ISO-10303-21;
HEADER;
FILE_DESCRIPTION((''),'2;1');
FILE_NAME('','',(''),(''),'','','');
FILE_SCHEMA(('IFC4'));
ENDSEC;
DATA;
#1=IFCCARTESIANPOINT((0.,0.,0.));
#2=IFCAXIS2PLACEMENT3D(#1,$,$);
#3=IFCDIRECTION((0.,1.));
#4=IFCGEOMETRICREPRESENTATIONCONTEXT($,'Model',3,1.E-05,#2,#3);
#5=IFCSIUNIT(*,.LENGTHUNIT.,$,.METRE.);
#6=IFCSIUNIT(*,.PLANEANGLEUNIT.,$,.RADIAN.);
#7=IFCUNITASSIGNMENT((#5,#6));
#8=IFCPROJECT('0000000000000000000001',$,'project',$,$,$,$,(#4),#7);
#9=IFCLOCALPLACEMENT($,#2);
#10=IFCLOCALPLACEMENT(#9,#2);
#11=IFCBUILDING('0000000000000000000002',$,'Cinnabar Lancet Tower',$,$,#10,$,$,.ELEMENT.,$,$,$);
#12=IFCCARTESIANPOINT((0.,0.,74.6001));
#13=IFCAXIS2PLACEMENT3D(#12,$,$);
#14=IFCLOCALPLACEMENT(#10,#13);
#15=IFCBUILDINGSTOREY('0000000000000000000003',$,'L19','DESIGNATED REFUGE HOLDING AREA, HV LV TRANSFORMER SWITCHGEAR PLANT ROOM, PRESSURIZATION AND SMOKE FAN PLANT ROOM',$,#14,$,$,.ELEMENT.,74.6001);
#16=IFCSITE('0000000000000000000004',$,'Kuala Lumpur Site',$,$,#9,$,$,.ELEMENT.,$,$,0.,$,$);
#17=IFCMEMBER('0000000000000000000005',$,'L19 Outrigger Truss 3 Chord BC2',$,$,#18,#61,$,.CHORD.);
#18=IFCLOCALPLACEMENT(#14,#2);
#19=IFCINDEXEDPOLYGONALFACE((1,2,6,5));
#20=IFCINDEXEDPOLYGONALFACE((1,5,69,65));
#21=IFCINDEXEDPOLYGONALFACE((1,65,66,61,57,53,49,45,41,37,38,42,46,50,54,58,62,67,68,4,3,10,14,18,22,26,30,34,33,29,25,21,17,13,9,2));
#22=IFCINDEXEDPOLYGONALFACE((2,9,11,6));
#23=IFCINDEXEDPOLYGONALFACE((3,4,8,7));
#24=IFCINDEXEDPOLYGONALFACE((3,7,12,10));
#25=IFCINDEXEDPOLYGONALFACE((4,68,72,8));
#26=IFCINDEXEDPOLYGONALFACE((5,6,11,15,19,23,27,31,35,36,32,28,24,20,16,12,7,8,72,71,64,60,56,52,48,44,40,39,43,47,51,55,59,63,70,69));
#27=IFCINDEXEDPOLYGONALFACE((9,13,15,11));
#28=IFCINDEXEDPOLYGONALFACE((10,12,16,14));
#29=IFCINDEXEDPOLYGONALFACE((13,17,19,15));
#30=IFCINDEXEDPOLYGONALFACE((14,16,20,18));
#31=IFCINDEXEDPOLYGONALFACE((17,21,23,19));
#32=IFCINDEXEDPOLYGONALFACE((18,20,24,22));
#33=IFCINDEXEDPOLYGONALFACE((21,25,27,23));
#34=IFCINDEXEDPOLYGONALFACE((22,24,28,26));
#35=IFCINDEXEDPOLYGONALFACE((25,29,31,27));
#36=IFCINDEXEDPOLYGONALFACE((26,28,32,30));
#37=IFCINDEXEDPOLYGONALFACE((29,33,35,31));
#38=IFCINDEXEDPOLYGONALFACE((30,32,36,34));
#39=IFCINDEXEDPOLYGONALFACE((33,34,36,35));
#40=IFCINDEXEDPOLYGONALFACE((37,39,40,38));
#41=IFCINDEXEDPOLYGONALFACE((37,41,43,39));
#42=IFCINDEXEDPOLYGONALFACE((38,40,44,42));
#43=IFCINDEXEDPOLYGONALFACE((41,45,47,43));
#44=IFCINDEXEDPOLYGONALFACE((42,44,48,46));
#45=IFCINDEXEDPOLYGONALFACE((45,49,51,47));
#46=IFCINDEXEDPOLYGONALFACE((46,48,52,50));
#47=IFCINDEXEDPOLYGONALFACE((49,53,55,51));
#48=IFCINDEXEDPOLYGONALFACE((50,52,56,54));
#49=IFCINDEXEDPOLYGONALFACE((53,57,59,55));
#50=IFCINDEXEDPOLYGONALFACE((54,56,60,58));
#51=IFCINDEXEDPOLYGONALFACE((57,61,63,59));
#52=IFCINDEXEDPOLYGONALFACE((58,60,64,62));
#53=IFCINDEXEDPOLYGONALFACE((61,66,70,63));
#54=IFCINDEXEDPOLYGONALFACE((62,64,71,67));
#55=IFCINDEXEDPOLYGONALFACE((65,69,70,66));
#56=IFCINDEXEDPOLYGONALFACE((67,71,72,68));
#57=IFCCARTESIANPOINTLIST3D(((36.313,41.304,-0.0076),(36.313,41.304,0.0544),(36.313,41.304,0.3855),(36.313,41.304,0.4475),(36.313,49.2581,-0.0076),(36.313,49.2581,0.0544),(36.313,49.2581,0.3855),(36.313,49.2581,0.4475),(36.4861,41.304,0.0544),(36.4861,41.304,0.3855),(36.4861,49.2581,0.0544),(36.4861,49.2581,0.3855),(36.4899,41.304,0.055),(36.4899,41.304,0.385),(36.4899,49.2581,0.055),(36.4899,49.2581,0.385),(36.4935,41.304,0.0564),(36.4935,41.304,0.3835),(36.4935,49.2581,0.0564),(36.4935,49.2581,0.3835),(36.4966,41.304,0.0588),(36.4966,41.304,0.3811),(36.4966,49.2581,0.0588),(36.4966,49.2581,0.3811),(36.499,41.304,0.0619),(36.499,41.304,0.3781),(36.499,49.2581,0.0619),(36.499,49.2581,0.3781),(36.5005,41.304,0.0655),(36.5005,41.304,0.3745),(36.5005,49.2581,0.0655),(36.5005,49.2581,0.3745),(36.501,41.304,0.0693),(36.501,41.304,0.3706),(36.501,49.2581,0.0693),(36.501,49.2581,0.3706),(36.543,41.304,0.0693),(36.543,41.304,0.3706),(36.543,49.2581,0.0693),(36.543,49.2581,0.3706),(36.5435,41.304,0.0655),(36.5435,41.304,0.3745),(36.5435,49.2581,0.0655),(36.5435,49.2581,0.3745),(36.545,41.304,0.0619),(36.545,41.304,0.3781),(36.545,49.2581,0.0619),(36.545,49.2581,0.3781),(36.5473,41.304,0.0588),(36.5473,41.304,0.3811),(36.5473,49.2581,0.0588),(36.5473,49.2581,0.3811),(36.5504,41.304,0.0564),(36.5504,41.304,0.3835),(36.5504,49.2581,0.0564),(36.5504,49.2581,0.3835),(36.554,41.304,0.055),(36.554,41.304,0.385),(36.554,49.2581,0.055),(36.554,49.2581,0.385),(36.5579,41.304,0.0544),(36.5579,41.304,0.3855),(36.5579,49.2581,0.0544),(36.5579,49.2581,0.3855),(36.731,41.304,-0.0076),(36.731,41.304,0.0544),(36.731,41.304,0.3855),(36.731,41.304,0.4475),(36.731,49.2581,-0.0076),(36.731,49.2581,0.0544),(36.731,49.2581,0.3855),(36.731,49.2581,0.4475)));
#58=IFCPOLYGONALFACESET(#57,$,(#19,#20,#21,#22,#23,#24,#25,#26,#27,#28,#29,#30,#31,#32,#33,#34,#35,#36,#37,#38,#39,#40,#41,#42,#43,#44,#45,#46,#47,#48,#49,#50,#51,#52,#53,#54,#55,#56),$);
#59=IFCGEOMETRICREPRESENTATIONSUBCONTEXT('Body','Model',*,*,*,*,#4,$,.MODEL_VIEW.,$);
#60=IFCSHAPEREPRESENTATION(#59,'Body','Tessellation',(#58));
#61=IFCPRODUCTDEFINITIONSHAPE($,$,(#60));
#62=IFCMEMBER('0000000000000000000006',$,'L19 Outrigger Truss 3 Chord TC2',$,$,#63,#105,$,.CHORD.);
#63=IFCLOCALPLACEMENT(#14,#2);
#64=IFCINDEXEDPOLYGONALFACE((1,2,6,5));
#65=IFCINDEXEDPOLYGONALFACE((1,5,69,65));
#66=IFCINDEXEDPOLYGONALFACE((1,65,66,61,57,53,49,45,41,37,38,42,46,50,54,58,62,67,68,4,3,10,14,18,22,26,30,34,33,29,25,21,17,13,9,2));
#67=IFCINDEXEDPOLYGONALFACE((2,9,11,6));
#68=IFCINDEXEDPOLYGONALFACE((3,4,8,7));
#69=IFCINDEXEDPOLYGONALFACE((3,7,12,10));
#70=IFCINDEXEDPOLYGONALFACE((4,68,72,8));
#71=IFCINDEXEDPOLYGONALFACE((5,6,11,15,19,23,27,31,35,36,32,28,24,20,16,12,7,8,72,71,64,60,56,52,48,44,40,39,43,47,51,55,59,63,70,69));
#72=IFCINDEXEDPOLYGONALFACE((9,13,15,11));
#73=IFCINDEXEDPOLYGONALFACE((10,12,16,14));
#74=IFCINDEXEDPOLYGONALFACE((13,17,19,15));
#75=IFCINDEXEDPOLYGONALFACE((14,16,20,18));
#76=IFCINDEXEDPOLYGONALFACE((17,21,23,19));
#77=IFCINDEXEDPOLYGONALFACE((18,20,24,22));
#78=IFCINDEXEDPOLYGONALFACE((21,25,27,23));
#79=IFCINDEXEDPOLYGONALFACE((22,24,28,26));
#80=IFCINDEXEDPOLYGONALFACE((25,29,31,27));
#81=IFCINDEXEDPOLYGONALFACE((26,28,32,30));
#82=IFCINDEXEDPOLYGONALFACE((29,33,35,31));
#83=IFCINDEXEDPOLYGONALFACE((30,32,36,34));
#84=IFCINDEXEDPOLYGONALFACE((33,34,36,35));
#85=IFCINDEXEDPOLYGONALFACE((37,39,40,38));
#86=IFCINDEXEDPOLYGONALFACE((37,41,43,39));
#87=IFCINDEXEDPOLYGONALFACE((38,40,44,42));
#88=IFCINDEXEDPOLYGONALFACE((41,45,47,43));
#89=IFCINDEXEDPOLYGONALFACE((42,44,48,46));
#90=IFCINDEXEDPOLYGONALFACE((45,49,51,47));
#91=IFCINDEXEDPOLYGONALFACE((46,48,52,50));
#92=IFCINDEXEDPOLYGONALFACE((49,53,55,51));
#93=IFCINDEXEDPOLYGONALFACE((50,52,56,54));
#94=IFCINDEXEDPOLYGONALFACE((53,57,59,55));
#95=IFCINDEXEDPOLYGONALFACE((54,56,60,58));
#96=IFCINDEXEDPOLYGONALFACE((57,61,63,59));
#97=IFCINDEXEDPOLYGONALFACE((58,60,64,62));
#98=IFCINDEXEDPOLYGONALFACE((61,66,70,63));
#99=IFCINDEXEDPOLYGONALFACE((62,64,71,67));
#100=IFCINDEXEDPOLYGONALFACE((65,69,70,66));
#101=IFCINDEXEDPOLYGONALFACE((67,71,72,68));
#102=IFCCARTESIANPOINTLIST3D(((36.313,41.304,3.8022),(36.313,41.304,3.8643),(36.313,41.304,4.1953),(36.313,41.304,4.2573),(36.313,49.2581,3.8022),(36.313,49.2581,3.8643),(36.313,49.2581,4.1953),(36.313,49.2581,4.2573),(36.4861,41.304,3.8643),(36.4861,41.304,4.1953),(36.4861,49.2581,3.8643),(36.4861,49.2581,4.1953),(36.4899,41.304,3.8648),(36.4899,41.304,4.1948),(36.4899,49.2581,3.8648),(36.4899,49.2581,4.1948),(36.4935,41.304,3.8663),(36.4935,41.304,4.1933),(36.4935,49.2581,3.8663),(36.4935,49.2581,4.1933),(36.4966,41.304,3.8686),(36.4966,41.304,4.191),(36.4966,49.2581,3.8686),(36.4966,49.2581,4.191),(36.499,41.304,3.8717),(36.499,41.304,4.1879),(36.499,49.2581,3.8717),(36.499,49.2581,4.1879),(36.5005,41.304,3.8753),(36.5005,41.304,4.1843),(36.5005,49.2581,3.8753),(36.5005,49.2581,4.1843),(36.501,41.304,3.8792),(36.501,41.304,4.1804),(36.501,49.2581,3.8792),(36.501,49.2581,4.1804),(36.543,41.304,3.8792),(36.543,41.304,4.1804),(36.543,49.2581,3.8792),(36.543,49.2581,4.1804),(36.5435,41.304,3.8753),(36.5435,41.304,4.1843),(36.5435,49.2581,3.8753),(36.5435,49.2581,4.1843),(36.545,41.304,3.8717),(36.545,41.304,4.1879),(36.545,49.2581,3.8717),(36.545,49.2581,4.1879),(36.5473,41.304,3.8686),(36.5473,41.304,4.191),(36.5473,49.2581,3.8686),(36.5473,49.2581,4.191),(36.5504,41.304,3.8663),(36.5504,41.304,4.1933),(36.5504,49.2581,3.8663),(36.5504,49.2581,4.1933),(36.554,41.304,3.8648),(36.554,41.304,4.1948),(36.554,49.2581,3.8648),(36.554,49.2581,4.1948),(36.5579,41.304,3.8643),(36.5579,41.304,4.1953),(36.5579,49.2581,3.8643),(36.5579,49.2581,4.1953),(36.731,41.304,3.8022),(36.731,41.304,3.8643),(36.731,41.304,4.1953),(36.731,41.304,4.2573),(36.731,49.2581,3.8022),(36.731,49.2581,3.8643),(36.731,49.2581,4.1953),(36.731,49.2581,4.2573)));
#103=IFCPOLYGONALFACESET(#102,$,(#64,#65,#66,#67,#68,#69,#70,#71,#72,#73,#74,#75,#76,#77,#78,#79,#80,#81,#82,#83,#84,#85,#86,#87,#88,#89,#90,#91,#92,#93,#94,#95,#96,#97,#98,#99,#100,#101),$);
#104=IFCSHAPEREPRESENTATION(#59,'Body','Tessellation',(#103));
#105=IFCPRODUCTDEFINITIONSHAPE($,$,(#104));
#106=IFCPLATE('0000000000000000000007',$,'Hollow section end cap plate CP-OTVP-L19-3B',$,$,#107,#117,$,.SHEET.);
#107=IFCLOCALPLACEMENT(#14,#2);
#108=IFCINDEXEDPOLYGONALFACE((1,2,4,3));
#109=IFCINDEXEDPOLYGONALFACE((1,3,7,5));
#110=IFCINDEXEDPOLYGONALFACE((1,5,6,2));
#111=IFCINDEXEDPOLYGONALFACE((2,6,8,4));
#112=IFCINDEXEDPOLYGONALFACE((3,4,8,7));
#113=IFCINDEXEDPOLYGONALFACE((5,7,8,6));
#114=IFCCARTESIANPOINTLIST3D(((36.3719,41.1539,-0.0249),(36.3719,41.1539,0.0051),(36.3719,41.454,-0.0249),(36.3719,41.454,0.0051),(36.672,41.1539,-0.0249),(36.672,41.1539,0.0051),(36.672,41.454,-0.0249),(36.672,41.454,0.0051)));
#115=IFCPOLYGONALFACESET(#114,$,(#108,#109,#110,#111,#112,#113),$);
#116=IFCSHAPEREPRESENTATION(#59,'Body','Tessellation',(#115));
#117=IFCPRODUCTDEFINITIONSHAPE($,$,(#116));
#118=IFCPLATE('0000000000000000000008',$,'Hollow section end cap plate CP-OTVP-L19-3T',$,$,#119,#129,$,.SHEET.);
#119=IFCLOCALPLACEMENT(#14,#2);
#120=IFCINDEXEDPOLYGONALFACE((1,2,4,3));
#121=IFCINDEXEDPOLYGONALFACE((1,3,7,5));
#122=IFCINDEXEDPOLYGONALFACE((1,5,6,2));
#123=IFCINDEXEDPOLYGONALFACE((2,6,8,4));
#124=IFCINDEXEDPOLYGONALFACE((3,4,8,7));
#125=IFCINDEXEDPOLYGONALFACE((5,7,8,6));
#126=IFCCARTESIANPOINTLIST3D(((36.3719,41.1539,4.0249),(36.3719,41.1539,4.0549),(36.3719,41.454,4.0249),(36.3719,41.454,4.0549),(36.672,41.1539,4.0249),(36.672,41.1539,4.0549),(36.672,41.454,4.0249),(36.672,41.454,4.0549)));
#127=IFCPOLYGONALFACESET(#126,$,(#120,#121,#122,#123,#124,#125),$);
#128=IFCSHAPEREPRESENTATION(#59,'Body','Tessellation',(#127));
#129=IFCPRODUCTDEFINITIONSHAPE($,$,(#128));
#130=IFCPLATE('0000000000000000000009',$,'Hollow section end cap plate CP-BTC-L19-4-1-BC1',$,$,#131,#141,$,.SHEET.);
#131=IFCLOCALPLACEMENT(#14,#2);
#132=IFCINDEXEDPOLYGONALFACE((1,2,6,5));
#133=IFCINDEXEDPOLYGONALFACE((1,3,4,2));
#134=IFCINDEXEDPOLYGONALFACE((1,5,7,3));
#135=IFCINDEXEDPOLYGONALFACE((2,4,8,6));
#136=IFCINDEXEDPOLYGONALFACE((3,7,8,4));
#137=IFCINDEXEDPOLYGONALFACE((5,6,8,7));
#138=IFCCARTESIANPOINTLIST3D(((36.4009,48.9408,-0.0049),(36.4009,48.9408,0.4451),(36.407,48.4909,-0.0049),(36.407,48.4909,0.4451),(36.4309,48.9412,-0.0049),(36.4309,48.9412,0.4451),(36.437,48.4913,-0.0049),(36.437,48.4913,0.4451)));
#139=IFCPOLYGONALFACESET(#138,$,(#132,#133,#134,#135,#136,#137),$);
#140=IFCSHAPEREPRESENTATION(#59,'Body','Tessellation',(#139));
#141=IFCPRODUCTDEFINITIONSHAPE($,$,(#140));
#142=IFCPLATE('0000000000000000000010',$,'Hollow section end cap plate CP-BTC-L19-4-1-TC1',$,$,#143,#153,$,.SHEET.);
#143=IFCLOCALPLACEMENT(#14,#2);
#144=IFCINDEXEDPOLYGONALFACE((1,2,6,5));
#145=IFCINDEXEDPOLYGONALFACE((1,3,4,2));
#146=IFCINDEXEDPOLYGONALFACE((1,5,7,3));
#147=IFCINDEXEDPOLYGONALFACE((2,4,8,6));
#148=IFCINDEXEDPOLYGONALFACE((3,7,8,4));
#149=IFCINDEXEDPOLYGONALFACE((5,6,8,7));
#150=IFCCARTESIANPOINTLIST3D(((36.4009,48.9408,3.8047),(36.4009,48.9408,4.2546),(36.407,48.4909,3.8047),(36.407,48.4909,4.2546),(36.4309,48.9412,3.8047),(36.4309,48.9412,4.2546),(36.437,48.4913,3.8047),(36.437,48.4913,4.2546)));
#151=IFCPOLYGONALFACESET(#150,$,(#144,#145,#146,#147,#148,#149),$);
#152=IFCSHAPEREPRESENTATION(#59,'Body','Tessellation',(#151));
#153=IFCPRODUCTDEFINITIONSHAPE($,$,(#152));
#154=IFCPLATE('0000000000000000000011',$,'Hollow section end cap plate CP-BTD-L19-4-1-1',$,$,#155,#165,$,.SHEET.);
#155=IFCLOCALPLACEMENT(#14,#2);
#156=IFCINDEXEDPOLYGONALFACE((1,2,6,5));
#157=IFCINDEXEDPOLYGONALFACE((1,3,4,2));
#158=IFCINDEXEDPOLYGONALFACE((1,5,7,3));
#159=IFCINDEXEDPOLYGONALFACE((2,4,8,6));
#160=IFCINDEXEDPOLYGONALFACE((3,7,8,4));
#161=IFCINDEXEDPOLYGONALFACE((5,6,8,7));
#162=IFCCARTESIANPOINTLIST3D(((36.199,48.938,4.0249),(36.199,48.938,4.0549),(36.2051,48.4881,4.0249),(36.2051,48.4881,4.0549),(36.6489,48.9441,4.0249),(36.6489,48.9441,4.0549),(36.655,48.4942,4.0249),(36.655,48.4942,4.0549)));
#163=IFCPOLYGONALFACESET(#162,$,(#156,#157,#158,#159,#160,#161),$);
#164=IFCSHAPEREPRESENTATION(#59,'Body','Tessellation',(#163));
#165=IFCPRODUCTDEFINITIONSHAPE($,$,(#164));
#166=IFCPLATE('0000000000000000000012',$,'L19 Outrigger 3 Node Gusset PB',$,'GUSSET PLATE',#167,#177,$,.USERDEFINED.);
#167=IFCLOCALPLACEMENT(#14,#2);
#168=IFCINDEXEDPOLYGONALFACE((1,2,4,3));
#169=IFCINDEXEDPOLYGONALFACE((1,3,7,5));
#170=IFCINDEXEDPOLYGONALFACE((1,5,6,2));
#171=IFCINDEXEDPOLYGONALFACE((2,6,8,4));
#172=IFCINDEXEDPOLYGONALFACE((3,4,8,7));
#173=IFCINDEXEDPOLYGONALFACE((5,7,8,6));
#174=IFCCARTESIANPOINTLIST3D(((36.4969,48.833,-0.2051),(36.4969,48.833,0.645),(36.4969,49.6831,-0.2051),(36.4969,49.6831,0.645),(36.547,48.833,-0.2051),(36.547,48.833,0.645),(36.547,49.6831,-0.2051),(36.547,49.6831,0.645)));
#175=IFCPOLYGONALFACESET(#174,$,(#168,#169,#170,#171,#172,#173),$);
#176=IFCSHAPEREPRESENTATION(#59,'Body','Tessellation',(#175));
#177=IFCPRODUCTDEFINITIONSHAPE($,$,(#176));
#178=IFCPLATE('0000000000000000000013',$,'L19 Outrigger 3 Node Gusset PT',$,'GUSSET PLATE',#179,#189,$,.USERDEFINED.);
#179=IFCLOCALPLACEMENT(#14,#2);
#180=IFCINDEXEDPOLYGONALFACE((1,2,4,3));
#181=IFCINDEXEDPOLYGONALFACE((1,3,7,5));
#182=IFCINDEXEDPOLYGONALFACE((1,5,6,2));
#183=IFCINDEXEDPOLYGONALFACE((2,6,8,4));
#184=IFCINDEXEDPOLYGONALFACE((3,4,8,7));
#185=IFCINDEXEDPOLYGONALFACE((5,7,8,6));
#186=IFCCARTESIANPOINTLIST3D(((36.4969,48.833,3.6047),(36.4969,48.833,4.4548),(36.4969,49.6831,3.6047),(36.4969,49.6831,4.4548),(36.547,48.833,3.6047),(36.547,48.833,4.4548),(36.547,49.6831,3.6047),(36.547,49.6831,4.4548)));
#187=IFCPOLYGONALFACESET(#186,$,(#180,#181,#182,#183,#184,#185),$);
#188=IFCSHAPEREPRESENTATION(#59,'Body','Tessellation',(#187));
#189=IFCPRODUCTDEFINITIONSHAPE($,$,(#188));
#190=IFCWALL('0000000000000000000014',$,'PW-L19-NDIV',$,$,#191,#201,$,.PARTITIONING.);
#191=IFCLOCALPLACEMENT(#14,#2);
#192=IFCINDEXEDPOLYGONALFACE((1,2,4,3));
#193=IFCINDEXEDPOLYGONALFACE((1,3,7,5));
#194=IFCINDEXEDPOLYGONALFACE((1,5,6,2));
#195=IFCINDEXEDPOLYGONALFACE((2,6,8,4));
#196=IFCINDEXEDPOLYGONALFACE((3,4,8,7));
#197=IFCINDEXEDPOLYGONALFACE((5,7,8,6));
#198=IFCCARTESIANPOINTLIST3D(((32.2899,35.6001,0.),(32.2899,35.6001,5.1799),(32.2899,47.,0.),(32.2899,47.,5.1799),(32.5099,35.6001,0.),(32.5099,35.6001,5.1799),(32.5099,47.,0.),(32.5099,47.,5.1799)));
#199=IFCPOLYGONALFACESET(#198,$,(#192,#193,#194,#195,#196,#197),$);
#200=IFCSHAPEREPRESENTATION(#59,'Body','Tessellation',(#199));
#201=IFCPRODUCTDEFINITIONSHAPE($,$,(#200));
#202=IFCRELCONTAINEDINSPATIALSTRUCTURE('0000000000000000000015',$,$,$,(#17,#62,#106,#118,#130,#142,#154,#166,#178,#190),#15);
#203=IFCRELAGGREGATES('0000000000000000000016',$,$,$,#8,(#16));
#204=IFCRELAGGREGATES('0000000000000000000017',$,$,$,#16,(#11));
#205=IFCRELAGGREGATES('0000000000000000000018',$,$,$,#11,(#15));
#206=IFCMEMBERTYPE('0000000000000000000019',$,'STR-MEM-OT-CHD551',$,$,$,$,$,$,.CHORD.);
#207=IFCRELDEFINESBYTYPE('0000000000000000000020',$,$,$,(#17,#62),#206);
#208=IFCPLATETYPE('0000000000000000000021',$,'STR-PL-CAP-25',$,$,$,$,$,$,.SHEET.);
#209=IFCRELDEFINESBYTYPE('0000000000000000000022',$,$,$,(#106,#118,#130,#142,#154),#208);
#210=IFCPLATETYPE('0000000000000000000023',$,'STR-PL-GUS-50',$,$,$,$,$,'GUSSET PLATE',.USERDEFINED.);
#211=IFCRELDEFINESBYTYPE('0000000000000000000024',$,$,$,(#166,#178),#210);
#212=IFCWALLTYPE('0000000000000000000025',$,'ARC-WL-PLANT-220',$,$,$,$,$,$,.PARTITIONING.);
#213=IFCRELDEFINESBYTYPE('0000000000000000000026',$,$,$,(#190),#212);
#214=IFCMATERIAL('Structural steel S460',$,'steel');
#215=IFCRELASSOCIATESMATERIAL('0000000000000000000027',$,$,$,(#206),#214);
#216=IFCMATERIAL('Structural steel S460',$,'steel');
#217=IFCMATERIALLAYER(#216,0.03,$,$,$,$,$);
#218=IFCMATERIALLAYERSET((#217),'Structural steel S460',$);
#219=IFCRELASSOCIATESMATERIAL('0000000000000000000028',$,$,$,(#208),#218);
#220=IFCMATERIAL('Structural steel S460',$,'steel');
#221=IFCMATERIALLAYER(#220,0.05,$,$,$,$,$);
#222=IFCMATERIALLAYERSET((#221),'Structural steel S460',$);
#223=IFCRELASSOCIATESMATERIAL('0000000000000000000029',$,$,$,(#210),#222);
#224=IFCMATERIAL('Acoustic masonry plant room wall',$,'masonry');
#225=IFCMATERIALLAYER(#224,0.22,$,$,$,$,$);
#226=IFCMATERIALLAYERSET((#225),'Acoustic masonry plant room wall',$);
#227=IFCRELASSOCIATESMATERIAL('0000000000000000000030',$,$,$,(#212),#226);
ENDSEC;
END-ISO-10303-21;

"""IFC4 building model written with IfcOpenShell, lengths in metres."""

from ifc_helpers import new_model, si_unit, direction, frame, frame_2d, origin, origin_2d, place, context, subcontext, project, spatial, rectangle, i_section, extrude, material, layer, layer_set, material_profile, profile_set, type_object, element, save


model = new_model("IFC4")

# Units and contexts
model_context = context("Model", 3, precision=1e-05, world=origin(), true_north=direction((0.0, 1.0)))
body_context = subcontext(model_context, "Body", "Model", "MODEL_VIEW")
ifc_project = project(units=[si_unit("LENGTHUNIT", "METRE"), si_unit("PLANEANGLEUNIT", "RADIAN")], contexts=[model_context])

# Site, building, storey
site_placement = place(None, origin())
site = spatial("IfcSite", under=ifc_project, at=site_placement, Name="Kuala Lumpur Site", CompositionType="ELEMENT", RefElevation=0.0)
building_placement = place(site_placement, origin())
building = spatial("IfcBuilding", under=site, at=building_placement, Name="Cinnabar Lancet Tower", CompositionType="ELEMENT")
storey_placement = place(building_placement, frame((0.0, 0.0, 74.6001)))
storey = spatial("IfcBuildingStorey", under=building, at=storey_placement, Name="L19", Description="DESIGNATED REFUGE HOLDING AREA, HV LV TRANSFORMER SWITCHGEAR PLANT ROOM, PRESSURIZATION AND SMOKE FAN PLANT ROOM", CompositionType="ELEMENT", Elevation=74.6001)

# Members
ifc_material_1 = material(Name="Structural steel S460", Category="steel")
ifc_material_profile_1 = material_profile(ifc_material_1, i_section(OverallWidth=0.418, OverallDepth=0.4551, WebThickness=0.042, FlangeThickness=0.062, FilletRadius=0.0149, at=origin_2d()), Name="HD 400x551")
ifc_profile_set_1 = profile_set([ifc_material_profile_1], Name="Structural steel S460")
member_type_1 = type_object("IfcMemberType", Name="STR-MEM-OT-CHD551", PredefinedType="CHORD", material=ifc_profile_set_1)
for number, where, z_axis, x_axis, name in (
    (1, (36.522, 41.304, 0.22), (0.0, 1.0, 0.0), (-1.0, 0.0, 0.0), "L19 Outrigger Truss 3 Chord BC2"),
    (2, (36.522, 41.304, 4.0298), (0.0, 1.0, 0.0), (-1.0, 0.0, 0.0), "L19 Outrigger Truss 3 Chord TC2"),
):
    element("IfcMember", number, at=place(storey_placement, frame(where, z_axis=z_axis, x_axis=x_axis)), inside=storey, type_object=member_type_1, Name=name, PredefinedType="CHORD", context=body_context, shape_type="SweptSolid", body=[
        extrude(i_section(OverallWidth=0.418, OverallDepth=0.4551, WebThickness=0.042, FlangeThickness=0.062, FilletRadius=0.0149, at=origin_2d()), origin(), (0.0, 0.0, 1.0), 7.9541),
    ])

# Plates
ifc_material_2 = material(Name="Structural steel S460", Category="steel")
ifc_layer_1 = layer(ifc_material_2, 0.03)
ifc_layer_set_1 = layer_set([ifc_layer_1], Name="Structural steel S460")
plate_type_1 = type_object("IfcPlateType", Name="STR-PL-CAP-25", PredefinedType="SHEET", material=ifc_layer_set_1)
for number, where, z_axis, x_axis, name in (
    (3, (36.522, 41.304, -0.0249), (0.0, 0.0, 1.0), (1.0, 0.0, 0.0), "Hollow section end cap plate CP-OTVP-L19-3B"),
    (4, (36.522, 41.304, 4.0249), (0.0, 0.0, 1.0), (1.0, 0.0, 0.0), "Hollow section end cap plate CP-OTVP-L19-3T"),
):
    element("IfcPlate", number, at=place(storey_placement, frame(where, z_axis=z_axis, x_axis=x_axis)), inside=storey, type_object=plate_type_1, Name=name, PredefinedType="SHEET", context=body_context, shape_type="SweptSolid", body=[
        extrude(rectangle(XDim=0.3, YDim=0.3, at=origin_2d()), origin(), (0.0, 0.0, 1.0), 0.03),
    ])
for number, where, z_axis, x_axis, name in (
    (5, (36.4189, 48.7161, -0.0049), (0.0, 0.0, 1.0), (-0.999909, -0.013526, 0.0), "Hollow section end cap plate CP-BTC-L19-4-1-BC1"),
    (6, (36.4189, 48.7161, 3.8047), (0.0, 0.0, 1.0), (-0.999909, -0.013526, 0.0), "Hollow section end cap plate CP-BTC-L19-4-1-TC1"),
):
    element("IfcPlate", number, at=place(storey_placement, frame(where, z_axis=z_axis, x_axis=x_axis)), inside=storey, type_object=plate_type_1, Name=name, PredefinedType="SHEET", context=body_context, shape_type="SweptSolid", body=[
        extrude(rectangle(XDim=0.03, YDim=0.45, at=origin_2d()), origin(), (0.0, 0.0, 1.0), 0.45),
    ])
plate_placement = place(storey_placement, frame((36.427, 48.7161, 4.0249), z_axis=(0.0, 0.0, 1.0), x_axis=(-0.999909, -0.013526, 0.0)))
element("IfcPlate", 7, at=plate_placement, inside=storey, type_object=plate_type_1, Name="Hollow section end cap plate CP-BTD-L19-4-1-1", PredefinedType="SHEET", context=body_context, shape_type="SweptSolid", body=[
    extrude(rectangle(XDim=0.45, YDim=0.45, at=origin_2d()), origin(), (0.0, 0.0, 1.0), 0.03),
])
ifc_material_3 = material(Name="Structural steel S460", Category="steel")
ifc_layer_2 = layer(ifc_material_3, 0.05)
ifc_layer_set_2 = layer_set([ifc_layer_2], Name="Structural steel S460")
plate_type_2 = type_object("IfcPlateType", Name="STR-PL-GUS-50", ElementType="GUSSET PLATE", PredefinedType="USERDEFINED", material=ifc_layer_set_2)
for number, where, z_axis, x_axis, name in (
    (8, (36.522, 49.2581, -0.2051), (0.0, 0.0, 1.0), (1.0, 0.0, 0.0), "L19 Outrigger 3 Node Gusset PB"),
    (9, (36.522, 49.2581, 3.6047), (0.0, 0.0, 1.0), (1.0, 0.0, 0.0), "L19 Outrigger 3 Node Gusset PT"),
):
    element("IfcPlate", number, at=place(storey_placement, frame(where, z_axis=z_axis, x_axis=x_axis)), inside=storey, type_object=plate_type_2, Name=name, ObjectType="GUSSET PLATE", PredefinedType="USERDEFINED", context=body_context, shape_type="SweptSolid", body=[
        extrude(rectangle(XDim=0.05, YDim=0.8501, at=origin_2d()), origin(), (0.0, 0.0, 1.0), 0.8501),
    ])

# Wall
ifc_material_4 = material(Name="Acoustic masonry plant room wall", Category="masonry")
ifc_layer_3 = layer(ifc_material_4, 0.22)
ifc_layer_set_3 = layer_set([ifc_layer_3], Name="Acoustic masonry plant room wall")
wall_type_1 = type_object("IfcWallType", Name="ARC-WL-PLANT-220", PredefinedType="PARTITIONING", material=ifc_layer_set_3)
wall_1_placement = place(storey_placement, frame((32.3999, 35.6001, 0.0), z_axis=(0.0, 0.0, 1.0), x_axis=(0.0, 1.0, 0.0)))
element("IfcWall", 10, at=wall_1_placement, inside=storey, type_object=wall_type_1, Name="PW-L19-NDIV", PredefinedType="PARTITIONING", context=body_context, shape_type="SweptSolid", body=[
    extrude(rectangle(XDim=11.3999, YDim=0.22, at=frame_2d((5.7, 0.0))), origin(), (0.0, 0.0, 1.0), 5.1799),
])

save(model, "model.ifc")
